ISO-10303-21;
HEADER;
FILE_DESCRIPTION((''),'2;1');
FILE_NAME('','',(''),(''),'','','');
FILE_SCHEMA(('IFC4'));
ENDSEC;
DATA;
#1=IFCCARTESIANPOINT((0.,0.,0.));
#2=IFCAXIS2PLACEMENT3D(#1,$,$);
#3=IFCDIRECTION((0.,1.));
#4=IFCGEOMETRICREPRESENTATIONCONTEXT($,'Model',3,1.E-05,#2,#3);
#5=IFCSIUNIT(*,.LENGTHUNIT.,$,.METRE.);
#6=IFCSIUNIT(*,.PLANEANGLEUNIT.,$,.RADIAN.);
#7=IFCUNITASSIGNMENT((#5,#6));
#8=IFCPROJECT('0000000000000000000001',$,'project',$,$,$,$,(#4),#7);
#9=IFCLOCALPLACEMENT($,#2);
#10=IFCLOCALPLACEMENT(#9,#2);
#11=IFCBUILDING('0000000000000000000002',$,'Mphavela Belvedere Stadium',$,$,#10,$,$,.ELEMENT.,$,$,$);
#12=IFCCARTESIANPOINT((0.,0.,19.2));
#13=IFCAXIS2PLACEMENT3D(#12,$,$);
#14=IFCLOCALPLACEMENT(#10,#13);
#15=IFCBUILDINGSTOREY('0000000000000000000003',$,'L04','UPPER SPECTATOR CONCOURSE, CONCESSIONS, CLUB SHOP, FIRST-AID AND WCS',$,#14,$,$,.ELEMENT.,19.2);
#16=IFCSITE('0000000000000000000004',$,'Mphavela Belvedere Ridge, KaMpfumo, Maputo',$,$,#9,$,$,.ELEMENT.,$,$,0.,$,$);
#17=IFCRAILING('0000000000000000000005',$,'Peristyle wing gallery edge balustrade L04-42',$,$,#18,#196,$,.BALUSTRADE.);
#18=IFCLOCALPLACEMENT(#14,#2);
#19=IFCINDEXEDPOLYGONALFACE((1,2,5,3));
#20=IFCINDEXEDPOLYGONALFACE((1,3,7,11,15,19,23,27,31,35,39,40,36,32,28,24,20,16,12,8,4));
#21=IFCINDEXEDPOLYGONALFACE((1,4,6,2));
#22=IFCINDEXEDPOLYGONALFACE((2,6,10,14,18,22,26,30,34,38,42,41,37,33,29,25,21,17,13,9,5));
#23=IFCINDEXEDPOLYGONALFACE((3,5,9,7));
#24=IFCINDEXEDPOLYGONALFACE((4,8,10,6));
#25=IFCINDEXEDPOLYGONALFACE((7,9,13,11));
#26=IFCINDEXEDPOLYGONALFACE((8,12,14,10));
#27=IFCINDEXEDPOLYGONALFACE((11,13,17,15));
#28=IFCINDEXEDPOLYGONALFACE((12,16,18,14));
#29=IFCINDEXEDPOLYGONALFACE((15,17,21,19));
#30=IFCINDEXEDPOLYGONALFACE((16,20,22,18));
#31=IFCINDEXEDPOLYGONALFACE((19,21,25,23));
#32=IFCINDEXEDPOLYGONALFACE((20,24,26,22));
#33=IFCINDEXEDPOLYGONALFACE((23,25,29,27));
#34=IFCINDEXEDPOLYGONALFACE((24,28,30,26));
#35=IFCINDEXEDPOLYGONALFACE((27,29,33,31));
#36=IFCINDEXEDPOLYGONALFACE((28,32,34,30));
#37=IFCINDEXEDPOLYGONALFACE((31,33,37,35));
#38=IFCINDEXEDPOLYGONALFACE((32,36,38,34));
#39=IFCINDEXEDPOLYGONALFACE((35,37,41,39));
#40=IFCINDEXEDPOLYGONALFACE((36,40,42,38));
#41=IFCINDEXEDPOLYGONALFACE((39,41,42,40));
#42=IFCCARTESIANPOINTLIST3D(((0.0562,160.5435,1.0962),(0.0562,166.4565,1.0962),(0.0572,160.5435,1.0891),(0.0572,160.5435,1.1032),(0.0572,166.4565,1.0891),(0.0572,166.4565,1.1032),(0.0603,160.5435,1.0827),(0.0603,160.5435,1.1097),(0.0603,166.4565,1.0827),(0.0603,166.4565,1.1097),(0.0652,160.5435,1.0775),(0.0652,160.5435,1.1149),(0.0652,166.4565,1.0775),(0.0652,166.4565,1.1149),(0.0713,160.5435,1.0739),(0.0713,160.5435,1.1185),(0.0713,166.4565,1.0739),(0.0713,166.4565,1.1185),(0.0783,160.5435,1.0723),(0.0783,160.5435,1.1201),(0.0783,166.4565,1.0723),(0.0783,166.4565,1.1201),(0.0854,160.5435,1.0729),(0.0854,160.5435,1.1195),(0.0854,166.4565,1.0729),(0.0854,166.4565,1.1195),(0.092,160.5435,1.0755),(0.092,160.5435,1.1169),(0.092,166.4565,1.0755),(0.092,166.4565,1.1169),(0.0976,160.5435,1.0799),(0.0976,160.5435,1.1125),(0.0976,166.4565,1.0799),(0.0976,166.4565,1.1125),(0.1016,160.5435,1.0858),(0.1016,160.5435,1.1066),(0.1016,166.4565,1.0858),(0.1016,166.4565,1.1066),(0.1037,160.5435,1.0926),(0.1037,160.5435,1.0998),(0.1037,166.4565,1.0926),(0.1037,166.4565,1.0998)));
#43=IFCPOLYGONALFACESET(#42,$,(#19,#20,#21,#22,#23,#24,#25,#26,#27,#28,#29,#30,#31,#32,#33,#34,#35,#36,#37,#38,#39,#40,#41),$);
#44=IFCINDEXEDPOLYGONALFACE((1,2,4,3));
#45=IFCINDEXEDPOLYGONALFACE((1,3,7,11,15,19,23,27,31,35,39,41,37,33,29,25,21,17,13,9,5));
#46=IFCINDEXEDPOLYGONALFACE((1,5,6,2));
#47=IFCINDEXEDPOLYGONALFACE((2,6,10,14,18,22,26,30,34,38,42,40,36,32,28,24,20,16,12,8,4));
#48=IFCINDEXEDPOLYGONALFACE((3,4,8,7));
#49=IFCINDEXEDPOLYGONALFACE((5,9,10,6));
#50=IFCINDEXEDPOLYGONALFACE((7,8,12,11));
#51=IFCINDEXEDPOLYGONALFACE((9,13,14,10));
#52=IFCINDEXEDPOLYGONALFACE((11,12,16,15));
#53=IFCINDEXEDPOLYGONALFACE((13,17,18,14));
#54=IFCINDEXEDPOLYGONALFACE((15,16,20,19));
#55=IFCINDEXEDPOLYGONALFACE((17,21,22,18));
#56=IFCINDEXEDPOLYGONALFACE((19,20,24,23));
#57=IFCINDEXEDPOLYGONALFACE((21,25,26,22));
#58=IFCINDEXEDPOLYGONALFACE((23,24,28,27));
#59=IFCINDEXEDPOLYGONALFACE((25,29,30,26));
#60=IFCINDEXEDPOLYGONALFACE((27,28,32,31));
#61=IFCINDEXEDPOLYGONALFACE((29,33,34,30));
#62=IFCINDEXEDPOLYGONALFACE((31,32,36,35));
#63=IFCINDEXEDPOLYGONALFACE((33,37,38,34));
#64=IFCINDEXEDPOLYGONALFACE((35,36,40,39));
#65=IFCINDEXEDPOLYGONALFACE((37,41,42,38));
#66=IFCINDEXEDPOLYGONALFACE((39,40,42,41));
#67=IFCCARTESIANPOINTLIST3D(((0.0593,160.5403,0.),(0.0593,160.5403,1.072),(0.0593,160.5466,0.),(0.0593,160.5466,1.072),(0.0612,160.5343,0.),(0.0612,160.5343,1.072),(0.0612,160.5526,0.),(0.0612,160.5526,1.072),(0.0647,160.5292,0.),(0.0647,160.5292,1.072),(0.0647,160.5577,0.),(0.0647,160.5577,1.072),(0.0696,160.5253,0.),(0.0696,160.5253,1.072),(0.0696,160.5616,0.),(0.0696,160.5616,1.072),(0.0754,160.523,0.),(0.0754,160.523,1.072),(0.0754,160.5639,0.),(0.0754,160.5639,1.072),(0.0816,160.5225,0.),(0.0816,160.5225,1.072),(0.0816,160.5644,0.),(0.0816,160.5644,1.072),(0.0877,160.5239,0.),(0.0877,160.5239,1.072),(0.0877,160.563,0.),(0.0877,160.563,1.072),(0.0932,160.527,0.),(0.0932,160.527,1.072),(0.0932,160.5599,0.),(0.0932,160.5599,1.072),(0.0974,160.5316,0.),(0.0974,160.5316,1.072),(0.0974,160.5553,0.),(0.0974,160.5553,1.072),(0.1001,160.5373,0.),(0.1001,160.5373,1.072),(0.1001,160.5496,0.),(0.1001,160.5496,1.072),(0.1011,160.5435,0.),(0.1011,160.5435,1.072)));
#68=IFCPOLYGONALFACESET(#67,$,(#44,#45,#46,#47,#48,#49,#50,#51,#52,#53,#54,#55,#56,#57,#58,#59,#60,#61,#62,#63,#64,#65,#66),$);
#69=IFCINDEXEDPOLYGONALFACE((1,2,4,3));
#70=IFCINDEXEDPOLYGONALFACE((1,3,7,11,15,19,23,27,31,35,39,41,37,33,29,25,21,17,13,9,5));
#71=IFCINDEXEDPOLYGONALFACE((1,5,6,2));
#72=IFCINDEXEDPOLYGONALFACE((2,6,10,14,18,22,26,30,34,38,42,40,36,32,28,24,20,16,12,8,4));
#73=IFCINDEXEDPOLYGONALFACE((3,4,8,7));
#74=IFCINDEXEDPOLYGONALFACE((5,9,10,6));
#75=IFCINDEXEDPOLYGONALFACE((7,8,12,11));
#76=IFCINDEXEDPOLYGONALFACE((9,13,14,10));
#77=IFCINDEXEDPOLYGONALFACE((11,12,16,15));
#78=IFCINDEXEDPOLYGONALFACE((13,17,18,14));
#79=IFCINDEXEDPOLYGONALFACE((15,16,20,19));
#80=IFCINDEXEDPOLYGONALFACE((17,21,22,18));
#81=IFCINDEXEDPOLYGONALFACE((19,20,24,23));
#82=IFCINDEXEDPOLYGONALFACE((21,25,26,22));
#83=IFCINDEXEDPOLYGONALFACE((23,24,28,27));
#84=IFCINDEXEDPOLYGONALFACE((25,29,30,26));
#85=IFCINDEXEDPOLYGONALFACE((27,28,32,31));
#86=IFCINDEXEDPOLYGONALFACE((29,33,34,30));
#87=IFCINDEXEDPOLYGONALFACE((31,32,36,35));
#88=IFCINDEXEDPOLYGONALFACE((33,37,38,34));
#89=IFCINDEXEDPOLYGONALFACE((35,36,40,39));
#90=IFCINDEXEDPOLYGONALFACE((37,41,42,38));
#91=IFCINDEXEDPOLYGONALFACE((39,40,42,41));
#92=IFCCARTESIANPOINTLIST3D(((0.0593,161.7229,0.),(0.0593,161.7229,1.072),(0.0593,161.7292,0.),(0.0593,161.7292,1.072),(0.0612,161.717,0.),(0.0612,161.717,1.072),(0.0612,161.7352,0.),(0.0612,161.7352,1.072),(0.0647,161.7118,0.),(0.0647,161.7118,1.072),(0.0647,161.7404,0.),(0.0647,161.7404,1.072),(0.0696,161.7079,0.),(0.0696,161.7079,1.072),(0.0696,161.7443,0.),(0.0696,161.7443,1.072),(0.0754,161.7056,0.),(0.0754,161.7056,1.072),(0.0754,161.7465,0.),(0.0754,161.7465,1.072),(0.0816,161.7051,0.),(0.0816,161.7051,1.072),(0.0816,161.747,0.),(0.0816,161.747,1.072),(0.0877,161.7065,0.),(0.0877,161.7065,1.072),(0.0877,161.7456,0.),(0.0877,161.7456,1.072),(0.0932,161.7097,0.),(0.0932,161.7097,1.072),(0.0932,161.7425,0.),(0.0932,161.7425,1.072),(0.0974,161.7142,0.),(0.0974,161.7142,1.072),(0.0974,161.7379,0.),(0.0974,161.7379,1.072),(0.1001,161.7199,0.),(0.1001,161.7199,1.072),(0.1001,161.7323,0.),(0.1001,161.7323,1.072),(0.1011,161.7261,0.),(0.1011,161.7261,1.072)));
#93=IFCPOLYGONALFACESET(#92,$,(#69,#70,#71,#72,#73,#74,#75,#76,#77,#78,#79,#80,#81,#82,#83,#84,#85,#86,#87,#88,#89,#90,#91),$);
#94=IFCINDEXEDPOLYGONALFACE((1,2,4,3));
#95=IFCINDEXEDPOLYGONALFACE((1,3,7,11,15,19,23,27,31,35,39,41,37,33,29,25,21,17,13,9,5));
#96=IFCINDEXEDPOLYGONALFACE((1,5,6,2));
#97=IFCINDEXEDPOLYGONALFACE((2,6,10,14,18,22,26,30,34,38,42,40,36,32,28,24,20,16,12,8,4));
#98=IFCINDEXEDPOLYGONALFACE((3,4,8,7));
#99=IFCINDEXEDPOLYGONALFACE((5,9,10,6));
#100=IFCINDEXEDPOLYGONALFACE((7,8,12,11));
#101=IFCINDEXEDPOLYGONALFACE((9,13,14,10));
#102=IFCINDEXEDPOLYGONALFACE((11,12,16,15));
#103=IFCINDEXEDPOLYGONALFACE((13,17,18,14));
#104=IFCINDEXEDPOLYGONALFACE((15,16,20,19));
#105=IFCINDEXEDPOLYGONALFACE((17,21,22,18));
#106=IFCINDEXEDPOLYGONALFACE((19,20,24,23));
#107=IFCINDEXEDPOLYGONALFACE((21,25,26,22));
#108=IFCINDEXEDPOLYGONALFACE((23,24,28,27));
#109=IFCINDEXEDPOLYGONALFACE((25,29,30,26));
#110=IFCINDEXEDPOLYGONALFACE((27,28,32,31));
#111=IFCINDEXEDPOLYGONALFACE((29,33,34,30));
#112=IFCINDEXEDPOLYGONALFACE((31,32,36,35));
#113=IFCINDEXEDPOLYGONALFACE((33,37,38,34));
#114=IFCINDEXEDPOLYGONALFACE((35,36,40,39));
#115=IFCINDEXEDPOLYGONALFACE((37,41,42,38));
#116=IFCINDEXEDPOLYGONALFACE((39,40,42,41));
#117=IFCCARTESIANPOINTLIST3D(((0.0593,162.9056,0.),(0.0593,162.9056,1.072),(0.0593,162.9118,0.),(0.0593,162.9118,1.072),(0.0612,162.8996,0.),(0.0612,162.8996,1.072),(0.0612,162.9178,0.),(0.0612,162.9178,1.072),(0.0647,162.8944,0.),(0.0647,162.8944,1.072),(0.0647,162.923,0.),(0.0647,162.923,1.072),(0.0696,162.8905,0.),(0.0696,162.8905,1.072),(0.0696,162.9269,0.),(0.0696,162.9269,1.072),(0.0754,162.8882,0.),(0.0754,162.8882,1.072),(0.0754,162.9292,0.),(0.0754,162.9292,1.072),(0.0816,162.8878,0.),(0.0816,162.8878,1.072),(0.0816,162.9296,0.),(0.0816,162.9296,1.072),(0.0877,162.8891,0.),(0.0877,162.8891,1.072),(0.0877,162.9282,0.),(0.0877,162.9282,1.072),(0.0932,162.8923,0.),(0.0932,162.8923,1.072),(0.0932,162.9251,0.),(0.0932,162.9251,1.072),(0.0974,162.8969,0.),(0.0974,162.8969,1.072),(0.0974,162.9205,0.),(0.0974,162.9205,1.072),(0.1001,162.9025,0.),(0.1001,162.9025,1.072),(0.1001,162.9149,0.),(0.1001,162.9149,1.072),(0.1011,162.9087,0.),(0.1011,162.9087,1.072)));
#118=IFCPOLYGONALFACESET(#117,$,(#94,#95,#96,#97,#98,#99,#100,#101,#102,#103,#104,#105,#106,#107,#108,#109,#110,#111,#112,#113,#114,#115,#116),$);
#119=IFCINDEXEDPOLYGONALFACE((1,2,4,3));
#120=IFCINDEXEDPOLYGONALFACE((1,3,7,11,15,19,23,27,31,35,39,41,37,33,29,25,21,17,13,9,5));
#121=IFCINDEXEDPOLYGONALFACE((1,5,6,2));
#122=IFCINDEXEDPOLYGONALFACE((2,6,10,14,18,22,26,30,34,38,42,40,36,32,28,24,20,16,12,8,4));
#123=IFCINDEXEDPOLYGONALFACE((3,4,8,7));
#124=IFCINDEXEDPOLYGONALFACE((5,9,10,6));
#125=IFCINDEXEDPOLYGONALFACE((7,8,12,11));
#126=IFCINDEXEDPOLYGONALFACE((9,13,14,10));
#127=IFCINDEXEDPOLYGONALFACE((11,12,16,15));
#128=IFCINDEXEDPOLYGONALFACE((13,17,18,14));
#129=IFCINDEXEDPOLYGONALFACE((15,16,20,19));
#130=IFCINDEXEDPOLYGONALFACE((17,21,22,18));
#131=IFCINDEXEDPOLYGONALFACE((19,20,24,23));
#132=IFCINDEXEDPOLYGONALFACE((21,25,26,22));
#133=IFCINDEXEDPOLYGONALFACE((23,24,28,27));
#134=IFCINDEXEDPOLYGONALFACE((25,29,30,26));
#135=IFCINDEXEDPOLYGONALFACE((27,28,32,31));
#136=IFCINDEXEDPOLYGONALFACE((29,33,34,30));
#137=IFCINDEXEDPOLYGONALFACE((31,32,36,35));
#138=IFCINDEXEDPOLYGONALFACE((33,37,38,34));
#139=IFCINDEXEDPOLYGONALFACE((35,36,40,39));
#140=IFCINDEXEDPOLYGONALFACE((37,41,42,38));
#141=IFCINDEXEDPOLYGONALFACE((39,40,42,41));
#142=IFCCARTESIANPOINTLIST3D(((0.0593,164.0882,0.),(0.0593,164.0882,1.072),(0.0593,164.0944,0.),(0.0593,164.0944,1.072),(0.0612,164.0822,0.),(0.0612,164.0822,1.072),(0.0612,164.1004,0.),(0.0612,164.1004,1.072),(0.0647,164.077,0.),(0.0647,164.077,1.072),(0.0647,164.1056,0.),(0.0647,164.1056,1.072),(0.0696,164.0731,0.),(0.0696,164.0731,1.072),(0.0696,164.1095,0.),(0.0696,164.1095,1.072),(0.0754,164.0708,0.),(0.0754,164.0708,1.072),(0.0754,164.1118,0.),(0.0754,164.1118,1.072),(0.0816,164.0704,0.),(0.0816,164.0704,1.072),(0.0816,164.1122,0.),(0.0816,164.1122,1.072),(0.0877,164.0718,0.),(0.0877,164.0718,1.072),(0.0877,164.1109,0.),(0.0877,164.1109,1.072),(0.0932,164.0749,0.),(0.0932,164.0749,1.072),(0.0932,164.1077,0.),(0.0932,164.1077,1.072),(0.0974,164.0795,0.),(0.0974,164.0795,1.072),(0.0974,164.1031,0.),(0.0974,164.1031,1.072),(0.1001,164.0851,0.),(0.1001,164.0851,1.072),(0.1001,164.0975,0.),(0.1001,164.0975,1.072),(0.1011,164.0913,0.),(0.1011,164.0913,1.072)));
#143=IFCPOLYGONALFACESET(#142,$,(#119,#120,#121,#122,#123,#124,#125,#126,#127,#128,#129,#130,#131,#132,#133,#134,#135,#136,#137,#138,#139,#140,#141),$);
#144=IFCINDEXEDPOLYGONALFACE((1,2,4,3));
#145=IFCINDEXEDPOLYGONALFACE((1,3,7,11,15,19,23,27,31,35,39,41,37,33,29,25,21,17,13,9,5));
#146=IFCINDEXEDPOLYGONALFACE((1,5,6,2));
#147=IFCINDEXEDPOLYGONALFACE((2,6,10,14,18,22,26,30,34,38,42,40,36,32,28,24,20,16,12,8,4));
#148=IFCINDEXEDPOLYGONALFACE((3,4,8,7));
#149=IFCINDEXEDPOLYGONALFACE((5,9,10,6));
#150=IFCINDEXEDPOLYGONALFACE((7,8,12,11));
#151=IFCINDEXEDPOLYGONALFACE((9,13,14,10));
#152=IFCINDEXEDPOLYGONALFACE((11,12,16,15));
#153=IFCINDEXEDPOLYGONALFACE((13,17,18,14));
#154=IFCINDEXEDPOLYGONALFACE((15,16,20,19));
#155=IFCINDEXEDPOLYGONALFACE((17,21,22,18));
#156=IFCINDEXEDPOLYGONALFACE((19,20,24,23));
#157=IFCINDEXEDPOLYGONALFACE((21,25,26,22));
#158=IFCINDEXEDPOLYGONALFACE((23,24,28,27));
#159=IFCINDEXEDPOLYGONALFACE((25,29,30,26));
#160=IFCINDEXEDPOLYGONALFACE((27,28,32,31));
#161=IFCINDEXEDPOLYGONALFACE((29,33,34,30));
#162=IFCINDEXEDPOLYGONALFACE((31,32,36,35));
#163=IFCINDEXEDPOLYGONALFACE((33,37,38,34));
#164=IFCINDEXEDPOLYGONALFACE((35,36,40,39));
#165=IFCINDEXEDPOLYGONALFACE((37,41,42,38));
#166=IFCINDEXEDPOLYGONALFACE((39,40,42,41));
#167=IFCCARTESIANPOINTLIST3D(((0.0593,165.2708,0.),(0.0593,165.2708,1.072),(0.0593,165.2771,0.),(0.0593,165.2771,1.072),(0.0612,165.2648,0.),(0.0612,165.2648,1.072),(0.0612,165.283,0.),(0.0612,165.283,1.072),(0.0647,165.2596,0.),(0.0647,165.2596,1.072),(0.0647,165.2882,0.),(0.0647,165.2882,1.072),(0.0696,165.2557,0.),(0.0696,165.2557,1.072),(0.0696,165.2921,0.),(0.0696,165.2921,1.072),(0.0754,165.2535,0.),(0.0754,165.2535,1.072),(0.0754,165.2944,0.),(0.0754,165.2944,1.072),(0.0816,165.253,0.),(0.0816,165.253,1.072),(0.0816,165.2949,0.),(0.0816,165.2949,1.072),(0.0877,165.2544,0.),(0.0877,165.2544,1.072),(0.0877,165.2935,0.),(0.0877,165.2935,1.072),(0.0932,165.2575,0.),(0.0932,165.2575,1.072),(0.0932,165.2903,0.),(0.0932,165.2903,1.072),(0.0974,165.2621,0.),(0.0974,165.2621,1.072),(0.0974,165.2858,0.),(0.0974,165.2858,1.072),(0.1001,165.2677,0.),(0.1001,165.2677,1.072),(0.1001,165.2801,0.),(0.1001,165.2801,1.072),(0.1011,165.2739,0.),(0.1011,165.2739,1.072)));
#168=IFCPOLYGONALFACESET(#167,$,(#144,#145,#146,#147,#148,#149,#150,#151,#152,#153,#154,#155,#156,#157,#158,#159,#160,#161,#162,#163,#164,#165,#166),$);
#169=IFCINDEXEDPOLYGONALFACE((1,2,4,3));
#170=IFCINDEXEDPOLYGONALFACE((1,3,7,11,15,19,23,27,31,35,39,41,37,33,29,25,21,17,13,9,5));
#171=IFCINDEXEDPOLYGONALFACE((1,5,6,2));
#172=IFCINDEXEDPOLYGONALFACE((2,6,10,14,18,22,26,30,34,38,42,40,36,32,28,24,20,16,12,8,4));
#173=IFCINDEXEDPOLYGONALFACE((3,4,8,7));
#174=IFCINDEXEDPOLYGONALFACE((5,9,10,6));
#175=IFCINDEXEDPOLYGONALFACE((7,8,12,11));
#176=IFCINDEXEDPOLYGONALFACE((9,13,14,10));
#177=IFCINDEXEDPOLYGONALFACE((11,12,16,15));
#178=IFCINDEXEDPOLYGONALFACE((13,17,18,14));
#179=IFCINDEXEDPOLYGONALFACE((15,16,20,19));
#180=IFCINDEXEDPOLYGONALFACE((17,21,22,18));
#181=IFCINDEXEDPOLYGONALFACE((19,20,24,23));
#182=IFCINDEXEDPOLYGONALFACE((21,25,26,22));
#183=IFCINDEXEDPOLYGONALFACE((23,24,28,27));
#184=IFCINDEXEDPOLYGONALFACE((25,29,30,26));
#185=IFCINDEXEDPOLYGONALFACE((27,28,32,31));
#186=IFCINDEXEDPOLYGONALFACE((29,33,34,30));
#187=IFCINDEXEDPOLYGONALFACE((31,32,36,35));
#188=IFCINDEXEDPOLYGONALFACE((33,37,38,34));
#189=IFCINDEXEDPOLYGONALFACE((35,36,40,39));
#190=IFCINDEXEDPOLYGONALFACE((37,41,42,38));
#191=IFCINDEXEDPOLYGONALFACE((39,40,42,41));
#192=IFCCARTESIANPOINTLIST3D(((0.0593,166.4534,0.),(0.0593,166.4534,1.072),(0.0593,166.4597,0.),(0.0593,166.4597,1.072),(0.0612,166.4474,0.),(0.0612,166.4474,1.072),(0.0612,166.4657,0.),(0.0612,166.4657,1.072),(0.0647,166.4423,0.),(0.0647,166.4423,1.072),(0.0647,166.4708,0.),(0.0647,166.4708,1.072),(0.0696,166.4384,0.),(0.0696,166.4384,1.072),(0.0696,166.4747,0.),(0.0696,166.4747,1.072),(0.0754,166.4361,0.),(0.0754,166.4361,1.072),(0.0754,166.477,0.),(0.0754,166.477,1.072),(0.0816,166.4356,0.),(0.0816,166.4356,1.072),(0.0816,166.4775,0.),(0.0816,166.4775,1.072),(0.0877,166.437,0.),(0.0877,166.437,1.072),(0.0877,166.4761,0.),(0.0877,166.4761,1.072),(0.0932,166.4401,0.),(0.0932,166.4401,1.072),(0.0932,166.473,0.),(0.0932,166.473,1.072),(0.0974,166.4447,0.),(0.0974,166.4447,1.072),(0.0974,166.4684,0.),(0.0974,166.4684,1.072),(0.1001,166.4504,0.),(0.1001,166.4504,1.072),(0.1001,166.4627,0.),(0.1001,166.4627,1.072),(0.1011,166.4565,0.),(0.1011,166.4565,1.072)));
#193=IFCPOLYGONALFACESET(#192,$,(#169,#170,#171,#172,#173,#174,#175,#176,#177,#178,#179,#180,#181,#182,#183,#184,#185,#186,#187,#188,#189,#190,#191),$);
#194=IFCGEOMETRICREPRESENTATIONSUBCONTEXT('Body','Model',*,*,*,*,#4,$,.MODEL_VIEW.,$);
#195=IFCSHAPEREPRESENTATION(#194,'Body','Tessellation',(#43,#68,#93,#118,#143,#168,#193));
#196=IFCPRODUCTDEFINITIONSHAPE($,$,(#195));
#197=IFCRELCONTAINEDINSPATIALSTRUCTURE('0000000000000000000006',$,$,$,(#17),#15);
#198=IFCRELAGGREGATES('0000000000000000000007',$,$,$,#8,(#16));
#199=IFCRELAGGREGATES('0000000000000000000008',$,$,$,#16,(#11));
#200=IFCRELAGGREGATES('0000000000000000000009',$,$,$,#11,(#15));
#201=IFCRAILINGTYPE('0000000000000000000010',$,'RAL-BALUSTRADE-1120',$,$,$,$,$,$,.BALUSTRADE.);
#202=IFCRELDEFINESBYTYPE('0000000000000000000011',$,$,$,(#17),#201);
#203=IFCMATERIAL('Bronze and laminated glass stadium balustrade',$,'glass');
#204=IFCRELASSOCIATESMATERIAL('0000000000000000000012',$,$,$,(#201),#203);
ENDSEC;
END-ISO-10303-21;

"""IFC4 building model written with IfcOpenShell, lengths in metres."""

from ifc_helpers import new_model, si_unit, direction, frame, origin, origin_2d, place, context, subcontext, project, spatial, circle, extrude, material, type_object, element, save


model = new_model("IFC4")

# Units and contexts
model_context = context("Model", 3, precision=1e-05, world=origin(), true_north=direction((0.0, 1.0)))
body_context = subcontext(model_context, "Body", "Model", "MODEL_VIEW")
ifc_project = project(units=[si_unit("LENGTHUNIT", "METRE"), si_unit("PLANEANGLEUNIT", "RADIAN")], contexts=[model_context])

# Site, building, storey
site_placement = place(None, origin())
site = spatial("IfcSite", under=ifc_project, at=site_placement, Name="Mphavela Belvedere Ridge, KaMpfumo, Maputo", CompositionType="ELEMENT", RefElevation=0.0)
building_placement = place(site_placement, origin())
building = spatial("IfcBuilding", under=site, at=building_placement, Name="Mphavela Belvedere Stadium", CompositionType="ELEMENT")
storey_placement = place(building_placement, frame((0.0, 0.0, 19.2)))
storey = spatial("IfcBuildingStorey", under=building, at=storey_placement, Name="L04", Description="UPPER SPECTATOR CONCOURSE, CONCESSIONS, CLUB SHOP, FIRST-AID AND WCS", CompositionType="ELEMENT", Elevation=19.2)

# Railing
ifc_material_1 = material(Name="Bronze and laminated glass stadium balustrade", Category="glass")
railing_type = type_object("IfcRailingType", Name="RAL-BALUSTRADE-1120", PredefinedType="BALUSTRADE", material=ifc_material_1)
for number, where, name in (
    (1, (0.0801, 160.5435, 0.0), "Peristyle wing gallery edge balustrade L04-42"),
):
    element("IfcRailing", number, at=place(storey_placement, frame(where)), inside=storey, type_object=railing_type, Name=name, PredefinedType="BALUSTRADE", context=body_context, shape_type="SweptSolid", body=[
        extrude(circle(Radius=0.0239, at=origin_2d()), frame((0.0, 0.0, 1.0962), z_axis=(0.0, 1.0, 0.0), x_axis=(-1.0, 0.0, 0.0)), (0.0, 0.0, 1.0), 5.9131),
        extrude(circle(Radius=0.021, at=origin_2d()), origin(), (0.0, 0.0, 1.0), 1.072),
        extrude(circle(Radius=0.021, at=origin_2d()), frame((0.0, 1.1826, 0.0)), (0.0, 0.0, 1.0), 1.072),
        extrude(circle(Radius=0.021, at=origin_2d()), frame((0.0, 2.3652, 0.0)), (0.0, 0.0, 1.0), 1.072),
        extrude(circle(Radius=0.021, at=origin_2d()), frame((0.0, 3.5479, 0.0)), (0.0, 0.0, 1.0), 1.072),
        extrude(circle(Radius=0.021, at=origin_2d()), frame((0.0, 4.7305, 0.0)), (0.0, 0.0, 1.0), 1.072),
        extrude(circle(Radius=0.021, at=origin_2d()), frame((0.0, 5.9131, 0.0)), (0.0, 0.0, 1.0), 1.072),
    ])

save(model, "model.ifc")
